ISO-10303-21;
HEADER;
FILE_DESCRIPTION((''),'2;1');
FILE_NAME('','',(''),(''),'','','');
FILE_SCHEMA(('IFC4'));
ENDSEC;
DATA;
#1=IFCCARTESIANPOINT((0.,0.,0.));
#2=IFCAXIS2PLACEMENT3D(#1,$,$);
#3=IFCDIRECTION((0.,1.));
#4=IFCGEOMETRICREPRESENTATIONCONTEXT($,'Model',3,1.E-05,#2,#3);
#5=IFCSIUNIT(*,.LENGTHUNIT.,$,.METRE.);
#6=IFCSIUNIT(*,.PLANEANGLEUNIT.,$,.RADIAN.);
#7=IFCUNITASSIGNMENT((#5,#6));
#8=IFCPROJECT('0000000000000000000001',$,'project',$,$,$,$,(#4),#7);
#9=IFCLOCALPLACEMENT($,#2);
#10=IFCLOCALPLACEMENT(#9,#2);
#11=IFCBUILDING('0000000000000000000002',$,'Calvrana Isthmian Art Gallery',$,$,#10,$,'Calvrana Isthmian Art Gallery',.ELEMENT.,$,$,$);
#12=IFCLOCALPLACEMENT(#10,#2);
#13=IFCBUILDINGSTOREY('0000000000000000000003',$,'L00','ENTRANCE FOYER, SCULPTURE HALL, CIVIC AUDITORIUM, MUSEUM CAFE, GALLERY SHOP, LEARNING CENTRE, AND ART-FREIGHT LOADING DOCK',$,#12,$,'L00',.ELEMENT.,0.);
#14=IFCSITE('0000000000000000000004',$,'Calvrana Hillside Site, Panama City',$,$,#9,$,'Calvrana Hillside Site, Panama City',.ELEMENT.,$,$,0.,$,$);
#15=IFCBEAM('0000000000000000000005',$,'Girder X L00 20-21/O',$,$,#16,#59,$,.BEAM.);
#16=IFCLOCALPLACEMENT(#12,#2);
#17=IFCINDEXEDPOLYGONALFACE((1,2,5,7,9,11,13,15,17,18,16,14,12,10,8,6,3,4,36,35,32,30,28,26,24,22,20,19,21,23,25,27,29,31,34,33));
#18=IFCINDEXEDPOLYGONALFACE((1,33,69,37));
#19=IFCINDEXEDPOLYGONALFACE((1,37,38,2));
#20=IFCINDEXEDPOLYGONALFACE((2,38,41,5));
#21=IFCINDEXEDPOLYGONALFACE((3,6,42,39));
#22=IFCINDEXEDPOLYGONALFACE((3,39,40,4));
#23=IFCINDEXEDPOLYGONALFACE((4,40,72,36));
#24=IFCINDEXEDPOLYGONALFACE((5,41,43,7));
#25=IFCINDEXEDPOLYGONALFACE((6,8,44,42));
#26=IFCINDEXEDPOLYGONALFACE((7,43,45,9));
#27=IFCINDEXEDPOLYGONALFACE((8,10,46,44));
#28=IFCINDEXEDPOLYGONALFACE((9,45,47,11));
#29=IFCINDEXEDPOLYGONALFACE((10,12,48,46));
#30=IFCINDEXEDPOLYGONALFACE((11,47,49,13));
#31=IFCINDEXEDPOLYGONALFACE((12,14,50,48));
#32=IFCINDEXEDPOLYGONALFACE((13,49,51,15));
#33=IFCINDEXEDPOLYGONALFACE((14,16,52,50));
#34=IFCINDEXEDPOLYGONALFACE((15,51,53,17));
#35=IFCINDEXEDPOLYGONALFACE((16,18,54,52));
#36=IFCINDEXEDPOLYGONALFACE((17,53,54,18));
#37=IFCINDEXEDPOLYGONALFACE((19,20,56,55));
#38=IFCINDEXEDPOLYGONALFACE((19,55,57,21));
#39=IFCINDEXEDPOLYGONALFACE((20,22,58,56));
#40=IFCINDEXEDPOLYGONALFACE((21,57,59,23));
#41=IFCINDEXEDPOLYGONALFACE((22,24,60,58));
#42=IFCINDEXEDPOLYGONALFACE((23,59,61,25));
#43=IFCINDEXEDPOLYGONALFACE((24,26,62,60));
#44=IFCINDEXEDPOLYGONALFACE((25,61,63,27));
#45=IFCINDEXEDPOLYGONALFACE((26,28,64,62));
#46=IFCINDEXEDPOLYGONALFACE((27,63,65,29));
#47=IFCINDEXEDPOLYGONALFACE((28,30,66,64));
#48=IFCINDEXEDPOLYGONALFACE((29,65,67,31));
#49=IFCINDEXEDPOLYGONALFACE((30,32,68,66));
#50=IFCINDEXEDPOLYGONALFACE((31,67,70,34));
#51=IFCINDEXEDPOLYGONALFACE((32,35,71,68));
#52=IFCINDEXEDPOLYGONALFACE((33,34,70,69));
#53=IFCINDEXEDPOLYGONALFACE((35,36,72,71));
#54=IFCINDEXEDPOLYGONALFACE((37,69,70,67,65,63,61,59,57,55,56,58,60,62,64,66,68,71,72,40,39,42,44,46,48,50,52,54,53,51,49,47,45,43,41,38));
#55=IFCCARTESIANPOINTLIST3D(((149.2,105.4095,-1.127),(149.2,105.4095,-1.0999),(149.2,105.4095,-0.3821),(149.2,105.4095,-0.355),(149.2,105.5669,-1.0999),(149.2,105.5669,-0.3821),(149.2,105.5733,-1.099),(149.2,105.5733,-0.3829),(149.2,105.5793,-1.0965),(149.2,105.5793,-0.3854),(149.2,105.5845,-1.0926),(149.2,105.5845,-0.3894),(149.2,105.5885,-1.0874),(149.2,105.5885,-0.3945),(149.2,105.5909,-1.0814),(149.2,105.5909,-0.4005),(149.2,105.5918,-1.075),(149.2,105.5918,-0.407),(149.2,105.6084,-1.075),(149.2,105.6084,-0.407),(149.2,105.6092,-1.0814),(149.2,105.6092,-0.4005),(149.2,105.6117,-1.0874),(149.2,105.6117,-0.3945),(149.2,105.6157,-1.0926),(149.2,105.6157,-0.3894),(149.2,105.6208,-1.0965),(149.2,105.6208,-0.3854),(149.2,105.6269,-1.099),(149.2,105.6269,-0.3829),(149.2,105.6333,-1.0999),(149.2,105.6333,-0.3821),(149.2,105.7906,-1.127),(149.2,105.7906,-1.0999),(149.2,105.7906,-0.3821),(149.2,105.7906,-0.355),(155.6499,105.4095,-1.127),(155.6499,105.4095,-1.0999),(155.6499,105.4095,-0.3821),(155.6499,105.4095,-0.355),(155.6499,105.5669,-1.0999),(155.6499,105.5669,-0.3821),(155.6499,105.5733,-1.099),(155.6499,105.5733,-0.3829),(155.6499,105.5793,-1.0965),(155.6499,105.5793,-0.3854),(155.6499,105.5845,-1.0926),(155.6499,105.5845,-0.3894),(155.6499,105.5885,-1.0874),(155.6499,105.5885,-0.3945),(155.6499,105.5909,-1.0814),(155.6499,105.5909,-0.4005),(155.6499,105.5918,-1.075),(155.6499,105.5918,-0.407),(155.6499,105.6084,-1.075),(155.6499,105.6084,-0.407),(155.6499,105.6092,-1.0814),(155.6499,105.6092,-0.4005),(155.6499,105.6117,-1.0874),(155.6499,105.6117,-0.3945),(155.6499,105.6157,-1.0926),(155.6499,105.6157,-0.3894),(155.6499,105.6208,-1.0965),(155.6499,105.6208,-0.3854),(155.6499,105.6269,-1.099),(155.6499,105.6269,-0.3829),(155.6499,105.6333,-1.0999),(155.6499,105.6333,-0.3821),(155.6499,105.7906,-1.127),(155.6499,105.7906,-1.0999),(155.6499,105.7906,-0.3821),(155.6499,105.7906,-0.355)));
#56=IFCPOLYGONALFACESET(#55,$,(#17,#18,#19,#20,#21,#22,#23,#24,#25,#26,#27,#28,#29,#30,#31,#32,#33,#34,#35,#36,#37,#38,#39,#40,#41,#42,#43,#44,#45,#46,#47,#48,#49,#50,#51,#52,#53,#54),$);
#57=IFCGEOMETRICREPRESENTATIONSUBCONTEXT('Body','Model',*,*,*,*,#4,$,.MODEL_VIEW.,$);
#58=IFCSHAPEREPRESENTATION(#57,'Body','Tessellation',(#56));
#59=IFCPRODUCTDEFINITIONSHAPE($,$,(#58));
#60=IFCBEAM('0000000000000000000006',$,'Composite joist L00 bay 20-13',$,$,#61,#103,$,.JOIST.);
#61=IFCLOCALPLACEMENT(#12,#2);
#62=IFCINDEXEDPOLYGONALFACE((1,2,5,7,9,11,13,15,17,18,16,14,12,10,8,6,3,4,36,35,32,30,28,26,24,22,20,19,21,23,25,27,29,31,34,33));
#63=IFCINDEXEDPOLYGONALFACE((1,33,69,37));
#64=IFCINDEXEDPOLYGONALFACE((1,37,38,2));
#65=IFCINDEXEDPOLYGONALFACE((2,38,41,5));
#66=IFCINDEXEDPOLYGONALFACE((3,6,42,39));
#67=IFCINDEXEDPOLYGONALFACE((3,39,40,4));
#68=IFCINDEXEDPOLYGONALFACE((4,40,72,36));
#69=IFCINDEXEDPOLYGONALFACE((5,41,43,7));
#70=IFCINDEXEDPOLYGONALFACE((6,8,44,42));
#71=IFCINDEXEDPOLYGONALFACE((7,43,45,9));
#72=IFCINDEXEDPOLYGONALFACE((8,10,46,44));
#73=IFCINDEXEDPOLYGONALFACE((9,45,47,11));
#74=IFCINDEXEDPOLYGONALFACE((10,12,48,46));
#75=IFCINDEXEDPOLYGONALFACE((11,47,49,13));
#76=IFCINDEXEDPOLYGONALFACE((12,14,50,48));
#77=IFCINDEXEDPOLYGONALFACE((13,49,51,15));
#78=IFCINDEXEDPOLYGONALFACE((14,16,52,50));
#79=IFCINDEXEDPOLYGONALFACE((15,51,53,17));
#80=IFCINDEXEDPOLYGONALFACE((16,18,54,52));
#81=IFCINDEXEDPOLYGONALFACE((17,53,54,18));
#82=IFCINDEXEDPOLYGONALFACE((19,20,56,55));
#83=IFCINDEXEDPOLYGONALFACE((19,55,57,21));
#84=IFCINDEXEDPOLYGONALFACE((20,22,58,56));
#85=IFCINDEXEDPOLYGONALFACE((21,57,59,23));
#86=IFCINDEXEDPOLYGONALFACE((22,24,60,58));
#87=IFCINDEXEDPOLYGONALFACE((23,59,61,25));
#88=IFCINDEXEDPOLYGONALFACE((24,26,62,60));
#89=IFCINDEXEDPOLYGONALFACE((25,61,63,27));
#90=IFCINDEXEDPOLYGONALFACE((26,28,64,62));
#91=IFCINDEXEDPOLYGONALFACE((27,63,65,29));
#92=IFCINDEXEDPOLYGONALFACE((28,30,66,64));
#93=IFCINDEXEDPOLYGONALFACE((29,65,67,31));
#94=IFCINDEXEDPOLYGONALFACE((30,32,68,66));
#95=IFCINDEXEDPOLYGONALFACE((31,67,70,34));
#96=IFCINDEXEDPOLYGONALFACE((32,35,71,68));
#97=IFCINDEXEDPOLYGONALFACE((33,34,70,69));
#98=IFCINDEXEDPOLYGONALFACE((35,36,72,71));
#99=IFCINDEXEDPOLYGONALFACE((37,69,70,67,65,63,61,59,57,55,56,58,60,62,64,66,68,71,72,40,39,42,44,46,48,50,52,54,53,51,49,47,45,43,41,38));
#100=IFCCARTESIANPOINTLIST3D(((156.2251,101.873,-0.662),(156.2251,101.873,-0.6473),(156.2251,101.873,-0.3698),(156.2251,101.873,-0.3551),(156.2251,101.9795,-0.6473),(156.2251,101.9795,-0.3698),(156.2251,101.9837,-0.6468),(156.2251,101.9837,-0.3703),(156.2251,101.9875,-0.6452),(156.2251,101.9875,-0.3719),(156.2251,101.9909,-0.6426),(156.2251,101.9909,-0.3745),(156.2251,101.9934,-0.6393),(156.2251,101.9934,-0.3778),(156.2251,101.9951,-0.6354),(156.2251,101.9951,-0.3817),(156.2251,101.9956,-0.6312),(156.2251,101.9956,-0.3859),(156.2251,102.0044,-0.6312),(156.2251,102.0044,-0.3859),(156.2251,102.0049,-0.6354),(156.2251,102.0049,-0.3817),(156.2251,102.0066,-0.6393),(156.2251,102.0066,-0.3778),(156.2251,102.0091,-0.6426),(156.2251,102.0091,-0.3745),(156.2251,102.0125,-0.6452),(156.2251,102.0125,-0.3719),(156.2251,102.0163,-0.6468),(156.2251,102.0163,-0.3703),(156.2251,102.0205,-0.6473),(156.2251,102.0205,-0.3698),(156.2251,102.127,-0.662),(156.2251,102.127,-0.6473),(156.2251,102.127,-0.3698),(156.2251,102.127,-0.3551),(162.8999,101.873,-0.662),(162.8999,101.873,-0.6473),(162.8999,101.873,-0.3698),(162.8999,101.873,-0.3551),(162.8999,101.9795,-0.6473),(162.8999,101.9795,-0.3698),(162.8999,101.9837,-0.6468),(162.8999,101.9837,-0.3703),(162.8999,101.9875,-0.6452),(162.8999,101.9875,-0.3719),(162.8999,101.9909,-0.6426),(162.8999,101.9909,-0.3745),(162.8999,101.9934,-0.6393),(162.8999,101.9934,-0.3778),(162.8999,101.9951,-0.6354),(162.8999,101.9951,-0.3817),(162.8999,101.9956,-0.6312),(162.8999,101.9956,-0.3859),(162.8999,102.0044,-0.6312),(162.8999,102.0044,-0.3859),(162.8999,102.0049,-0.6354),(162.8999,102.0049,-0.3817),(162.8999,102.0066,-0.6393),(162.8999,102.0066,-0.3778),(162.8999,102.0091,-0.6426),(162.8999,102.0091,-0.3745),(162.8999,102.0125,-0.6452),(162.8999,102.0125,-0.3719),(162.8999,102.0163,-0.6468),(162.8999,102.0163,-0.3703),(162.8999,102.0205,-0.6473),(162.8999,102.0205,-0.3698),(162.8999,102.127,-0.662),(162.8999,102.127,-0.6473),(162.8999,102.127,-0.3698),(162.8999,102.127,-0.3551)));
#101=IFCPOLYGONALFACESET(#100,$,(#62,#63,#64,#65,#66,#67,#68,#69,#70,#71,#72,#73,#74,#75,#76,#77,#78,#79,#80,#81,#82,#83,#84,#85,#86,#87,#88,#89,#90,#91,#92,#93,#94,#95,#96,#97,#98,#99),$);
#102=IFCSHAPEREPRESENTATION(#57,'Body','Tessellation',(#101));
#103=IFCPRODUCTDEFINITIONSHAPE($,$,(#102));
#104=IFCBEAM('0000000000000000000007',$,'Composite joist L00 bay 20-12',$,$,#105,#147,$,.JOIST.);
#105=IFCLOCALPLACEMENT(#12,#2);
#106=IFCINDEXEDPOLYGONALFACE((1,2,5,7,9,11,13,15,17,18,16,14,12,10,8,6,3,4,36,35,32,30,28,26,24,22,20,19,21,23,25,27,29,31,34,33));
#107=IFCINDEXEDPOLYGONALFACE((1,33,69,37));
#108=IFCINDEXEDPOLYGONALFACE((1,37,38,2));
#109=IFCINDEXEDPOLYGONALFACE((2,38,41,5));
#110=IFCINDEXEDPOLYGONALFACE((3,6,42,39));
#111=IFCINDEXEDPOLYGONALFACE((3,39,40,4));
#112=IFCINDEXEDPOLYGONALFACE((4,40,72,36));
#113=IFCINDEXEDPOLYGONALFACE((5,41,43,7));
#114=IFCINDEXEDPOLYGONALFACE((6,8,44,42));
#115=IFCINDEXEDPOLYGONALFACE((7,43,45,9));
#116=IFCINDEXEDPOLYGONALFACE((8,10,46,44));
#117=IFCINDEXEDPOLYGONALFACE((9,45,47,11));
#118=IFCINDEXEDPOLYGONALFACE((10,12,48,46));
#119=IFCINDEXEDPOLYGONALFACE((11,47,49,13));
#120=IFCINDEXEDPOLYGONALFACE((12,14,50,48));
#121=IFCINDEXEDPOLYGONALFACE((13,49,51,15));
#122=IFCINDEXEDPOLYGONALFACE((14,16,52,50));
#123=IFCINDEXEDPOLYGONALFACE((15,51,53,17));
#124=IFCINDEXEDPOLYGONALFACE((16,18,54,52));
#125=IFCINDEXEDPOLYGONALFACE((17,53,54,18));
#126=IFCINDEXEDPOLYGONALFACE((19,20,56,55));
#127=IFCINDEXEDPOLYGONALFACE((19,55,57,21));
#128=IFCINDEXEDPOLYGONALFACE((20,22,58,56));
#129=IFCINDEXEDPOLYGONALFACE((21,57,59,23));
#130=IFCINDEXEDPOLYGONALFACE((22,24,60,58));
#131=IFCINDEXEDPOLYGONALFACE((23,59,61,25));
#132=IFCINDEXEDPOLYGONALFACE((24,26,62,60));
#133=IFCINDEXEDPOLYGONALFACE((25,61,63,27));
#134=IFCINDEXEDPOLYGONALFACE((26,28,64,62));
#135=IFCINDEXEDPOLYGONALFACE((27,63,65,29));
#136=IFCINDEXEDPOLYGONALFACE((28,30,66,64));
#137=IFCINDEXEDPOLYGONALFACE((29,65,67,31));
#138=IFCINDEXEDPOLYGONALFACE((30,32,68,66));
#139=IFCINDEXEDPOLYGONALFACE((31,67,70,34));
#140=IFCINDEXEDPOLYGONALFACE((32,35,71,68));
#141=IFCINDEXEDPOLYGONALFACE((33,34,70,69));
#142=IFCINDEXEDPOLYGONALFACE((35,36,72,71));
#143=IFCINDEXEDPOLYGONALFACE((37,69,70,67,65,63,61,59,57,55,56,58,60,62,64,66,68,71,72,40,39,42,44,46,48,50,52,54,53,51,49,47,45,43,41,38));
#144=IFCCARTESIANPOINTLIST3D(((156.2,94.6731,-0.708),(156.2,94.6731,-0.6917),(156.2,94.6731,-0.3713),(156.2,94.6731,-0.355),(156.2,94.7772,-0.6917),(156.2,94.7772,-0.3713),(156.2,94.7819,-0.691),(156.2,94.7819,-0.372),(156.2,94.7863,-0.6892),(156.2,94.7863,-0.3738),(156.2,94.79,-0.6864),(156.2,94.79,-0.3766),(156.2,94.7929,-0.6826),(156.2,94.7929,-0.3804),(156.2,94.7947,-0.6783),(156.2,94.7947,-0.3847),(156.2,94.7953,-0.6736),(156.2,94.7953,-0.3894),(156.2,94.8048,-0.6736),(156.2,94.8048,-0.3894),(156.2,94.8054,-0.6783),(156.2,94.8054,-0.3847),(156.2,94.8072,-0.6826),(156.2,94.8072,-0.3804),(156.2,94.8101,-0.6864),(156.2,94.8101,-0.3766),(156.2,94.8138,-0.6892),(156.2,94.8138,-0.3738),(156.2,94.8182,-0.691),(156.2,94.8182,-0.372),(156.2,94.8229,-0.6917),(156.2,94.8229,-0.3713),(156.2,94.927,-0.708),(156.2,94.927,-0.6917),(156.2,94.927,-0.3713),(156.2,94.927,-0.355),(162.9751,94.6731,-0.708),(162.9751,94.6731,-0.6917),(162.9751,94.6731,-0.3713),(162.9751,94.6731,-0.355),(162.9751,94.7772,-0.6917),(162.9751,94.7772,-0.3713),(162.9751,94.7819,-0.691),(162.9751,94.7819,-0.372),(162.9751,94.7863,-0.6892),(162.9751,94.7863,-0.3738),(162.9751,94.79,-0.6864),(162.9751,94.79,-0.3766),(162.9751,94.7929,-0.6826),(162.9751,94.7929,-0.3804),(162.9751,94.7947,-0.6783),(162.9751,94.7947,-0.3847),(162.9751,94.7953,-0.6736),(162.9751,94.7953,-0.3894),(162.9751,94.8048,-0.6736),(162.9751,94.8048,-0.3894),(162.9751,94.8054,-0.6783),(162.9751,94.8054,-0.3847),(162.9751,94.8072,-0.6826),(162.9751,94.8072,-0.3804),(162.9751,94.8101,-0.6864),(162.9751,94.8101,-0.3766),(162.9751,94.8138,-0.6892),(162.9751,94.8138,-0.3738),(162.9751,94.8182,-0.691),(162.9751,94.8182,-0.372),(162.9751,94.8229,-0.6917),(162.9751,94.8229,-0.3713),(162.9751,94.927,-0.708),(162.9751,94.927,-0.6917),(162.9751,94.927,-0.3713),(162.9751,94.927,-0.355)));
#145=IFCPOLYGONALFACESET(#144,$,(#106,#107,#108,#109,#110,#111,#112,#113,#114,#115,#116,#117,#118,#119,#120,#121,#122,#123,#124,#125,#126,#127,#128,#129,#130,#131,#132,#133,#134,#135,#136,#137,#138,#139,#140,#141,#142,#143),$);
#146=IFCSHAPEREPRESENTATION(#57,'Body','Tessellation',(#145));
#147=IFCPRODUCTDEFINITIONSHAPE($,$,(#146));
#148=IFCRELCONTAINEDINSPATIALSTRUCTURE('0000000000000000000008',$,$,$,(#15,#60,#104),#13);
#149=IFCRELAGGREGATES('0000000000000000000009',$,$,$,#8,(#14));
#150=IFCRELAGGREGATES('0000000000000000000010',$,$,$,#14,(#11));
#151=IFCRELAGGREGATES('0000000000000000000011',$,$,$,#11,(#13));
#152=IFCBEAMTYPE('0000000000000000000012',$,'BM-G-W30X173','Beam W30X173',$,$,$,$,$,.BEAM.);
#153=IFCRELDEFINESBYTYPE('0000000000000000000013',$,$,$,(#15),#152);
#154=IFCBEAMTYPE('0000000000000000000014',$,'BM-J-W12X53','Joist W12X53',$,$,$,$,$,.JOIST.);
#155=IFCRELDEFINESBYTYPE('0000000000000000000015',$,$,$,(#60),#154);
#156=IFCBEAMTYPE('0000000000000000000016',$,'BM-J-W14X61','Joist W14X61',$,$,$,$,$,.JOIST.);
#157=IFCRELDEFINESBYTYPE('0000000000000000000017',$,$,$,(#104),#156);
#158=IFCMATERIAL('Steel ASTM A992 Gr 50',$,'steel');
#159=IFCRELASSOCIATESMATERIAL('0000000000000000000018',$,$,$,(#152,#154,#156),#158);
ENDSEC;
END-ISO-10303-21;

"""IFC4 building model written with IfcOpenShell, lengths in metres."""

from ifc_helpers import new_model, si_unit, direction, frame, origin, origin_2d, place, context, subcontext, project, spatial, i_section, extrude, material, material_profile, profile_set, type_object, element, save


model = new_model("IFC4")

# Units and contexts
model_context = context("Model", 3, precision=1e-05, world=origin(), true_north=direction((0.0, 1.0)))
body_context = subcontext(model_context, "Body", "Model", "MODEL_VIEW")
ifc_project = project(units=[si_unit("LENGTHUNIT", "METRE"), si_unit("PLANEANGLEUNIT", "RADIAN")], contexts=[model_context])

# Site, building, storey
site_placement = place(None, origin())
site = spatial("IfcSite", under=ifc_project, at=site_placement, Name="Calvrana Hillside Site, Panama City", LongName="Calvrana Hillside Site, Panama City", CompositionType="ELEMENT", RefElevation=0.0)
building_placement = place(site_placement, origin())
building = spatial("IfcBuilding", under=site, at=building_placement, Name="Calvrana Isthmian Art Gallery", LongName="Calvrana Isthmian Art Gallery", CompositionType="ELEMENT")
storey_placement = place(building_placement, origin())
storey = spatial("IfcBuildingStorey", under=building, at=storey_placement, Name="L00", Description="ENTRANCE FOYER, SCULPTURE HALL, CIVIC AUDITORIUM, MUSEUM CAFE, GALLERY SHOP, LEARNING CENTRE, AND ART-FREIGHT LOADING DOCK", LongName="L00", CompositionType="ELEMENT", Elevation=0.0)

# Beams
ifc_material_1 = material(Name="Steel ASTM A992 Gr 50", Category="steel")
ifc_material_profile_1 = material_profile(ifc_material_1, i_section(OverallWidth=0.3811, OverallDepth=0.772, WebThickness=0.0166, FlangeThickness=0.0271, FilletRadius=0.0249, at=origin_2d()), Name="W30X173")
ifc_profile_set_1 = profile_set([ifc_material_profile_1], Name="Steel ASTM A992 Gr 50")
beam_type_1 = type_object("IfcBeamType", Name="BM-G-W30X173", Description="Beam W30X173", PredefinedType="BEAM", material=ifc_profile_set_1)
beam_1_placement = place(storey_placement, frame((149.2, 105.6001, -0.741), z_axis=(1.0, 0.0, 0.0), x_axis=(0.0, 1.0, 0.0)))
element("IfcBeam", 1, at=beam_1_placement, inside=storey, type_object=beam_type_1, Name="Girder X L00 20-21/O", PredefinedType="BEAM", context=body_context, shape_type="SweptSolid", body=[
    extrude(i_section(OverallWidth=0.3811, OverallDepth=0.772, WebThickness=0.0166, FlangeThickness=0.0271, FilletRadius=0.0249, at=origin_2d()), origin(), (0.0, 0.0, 1.0), 6.45),
])
ifc_material_profile_2 = material_profile(ifc_material_1, i_section(OverallWidth=0.2539, OverallDepth=0.3069, WebThickness=0.0088, FlangeThickness=0.0146, FilletRadius=0.0161, at=origin_2d()), Name="W12X53")
ifc_profile_set_2 = profile_set([ifc_material_profile_2], Name="Steel ASTM A992 Gr 50")
beam_type_2 = type_object("IfcBeamType", Name="BM-J-W12X53", Description="Joist W12X53", PredefinedType="JOIST", material=ifc_profile_set_2)
beam_2_placement = place(storey_placement, frame((156.2251, 102.0, -0.5085), z_axis=(1.0, 0.0, 0.0), x_axis=(0.0, 1.0, 0.0)))
element("IfcBeam", 2, at=beam_2_placement, inside=storey, type_object=beam_type_2, Name="Composite joist L00 bay 20-13", PredefinedType="JOIST", context=body_context, shape_type="SweptSolid", body=[
    extrude(i_section(OverallWidth=0.2539, OverallDepth=0.3069, WebThickness=0.0088, FlangeThickness=0.0146, FilletRadius=0.0161, at=origin_2d()), origin(), (0.0, 0.0, 1.0), 6.6748),
])
ifc_material_profile_3 = material_profile(ifc_material_1, i_section(OverallWidth=0.2539, OverallDepth=0.353, WebThickness=0.0095, FlangeThickness=0.0164, FilletRadius=0.0181, at=origin_2d()), Name="W14X61")
ifc_profile_set_3 = profile_set([ifc_material_profile_3], Name="Steel ASTM A992 Gr 50")
beam_type_3 = type_object("IfcBeamType", Name="BM-J-W14X61", Description="Joist W14X61", PredefinedType="JOIST", material=ifc_profile_set_3)
beam_3_placement = place(storey_placement, frame((156.2, 94.8, -0.5315), z_axis=(1.0, 0.0, 0.0), x_axis=(0.0, 1.0, 0.0)))
element("IfcBeam", 3, at=beam_3_placement, inside=storey, type_object=beam_type_3, Name="Composite joist L00 bay 20-12", PredefinedType="JOIST", context=body_context, shape_type="SweptSolid", body=[
    extrude(i_section(OverallWidth=0.2539, OverallDepth=0.353, WebThickness=0.0095, FlangeThickness=0.0164, FilletRadius=0.0181, at=origin_2d()), origin(), (0.0, 0.0, 1.0), 6.7751),
])

save(model, "model.ifc")
